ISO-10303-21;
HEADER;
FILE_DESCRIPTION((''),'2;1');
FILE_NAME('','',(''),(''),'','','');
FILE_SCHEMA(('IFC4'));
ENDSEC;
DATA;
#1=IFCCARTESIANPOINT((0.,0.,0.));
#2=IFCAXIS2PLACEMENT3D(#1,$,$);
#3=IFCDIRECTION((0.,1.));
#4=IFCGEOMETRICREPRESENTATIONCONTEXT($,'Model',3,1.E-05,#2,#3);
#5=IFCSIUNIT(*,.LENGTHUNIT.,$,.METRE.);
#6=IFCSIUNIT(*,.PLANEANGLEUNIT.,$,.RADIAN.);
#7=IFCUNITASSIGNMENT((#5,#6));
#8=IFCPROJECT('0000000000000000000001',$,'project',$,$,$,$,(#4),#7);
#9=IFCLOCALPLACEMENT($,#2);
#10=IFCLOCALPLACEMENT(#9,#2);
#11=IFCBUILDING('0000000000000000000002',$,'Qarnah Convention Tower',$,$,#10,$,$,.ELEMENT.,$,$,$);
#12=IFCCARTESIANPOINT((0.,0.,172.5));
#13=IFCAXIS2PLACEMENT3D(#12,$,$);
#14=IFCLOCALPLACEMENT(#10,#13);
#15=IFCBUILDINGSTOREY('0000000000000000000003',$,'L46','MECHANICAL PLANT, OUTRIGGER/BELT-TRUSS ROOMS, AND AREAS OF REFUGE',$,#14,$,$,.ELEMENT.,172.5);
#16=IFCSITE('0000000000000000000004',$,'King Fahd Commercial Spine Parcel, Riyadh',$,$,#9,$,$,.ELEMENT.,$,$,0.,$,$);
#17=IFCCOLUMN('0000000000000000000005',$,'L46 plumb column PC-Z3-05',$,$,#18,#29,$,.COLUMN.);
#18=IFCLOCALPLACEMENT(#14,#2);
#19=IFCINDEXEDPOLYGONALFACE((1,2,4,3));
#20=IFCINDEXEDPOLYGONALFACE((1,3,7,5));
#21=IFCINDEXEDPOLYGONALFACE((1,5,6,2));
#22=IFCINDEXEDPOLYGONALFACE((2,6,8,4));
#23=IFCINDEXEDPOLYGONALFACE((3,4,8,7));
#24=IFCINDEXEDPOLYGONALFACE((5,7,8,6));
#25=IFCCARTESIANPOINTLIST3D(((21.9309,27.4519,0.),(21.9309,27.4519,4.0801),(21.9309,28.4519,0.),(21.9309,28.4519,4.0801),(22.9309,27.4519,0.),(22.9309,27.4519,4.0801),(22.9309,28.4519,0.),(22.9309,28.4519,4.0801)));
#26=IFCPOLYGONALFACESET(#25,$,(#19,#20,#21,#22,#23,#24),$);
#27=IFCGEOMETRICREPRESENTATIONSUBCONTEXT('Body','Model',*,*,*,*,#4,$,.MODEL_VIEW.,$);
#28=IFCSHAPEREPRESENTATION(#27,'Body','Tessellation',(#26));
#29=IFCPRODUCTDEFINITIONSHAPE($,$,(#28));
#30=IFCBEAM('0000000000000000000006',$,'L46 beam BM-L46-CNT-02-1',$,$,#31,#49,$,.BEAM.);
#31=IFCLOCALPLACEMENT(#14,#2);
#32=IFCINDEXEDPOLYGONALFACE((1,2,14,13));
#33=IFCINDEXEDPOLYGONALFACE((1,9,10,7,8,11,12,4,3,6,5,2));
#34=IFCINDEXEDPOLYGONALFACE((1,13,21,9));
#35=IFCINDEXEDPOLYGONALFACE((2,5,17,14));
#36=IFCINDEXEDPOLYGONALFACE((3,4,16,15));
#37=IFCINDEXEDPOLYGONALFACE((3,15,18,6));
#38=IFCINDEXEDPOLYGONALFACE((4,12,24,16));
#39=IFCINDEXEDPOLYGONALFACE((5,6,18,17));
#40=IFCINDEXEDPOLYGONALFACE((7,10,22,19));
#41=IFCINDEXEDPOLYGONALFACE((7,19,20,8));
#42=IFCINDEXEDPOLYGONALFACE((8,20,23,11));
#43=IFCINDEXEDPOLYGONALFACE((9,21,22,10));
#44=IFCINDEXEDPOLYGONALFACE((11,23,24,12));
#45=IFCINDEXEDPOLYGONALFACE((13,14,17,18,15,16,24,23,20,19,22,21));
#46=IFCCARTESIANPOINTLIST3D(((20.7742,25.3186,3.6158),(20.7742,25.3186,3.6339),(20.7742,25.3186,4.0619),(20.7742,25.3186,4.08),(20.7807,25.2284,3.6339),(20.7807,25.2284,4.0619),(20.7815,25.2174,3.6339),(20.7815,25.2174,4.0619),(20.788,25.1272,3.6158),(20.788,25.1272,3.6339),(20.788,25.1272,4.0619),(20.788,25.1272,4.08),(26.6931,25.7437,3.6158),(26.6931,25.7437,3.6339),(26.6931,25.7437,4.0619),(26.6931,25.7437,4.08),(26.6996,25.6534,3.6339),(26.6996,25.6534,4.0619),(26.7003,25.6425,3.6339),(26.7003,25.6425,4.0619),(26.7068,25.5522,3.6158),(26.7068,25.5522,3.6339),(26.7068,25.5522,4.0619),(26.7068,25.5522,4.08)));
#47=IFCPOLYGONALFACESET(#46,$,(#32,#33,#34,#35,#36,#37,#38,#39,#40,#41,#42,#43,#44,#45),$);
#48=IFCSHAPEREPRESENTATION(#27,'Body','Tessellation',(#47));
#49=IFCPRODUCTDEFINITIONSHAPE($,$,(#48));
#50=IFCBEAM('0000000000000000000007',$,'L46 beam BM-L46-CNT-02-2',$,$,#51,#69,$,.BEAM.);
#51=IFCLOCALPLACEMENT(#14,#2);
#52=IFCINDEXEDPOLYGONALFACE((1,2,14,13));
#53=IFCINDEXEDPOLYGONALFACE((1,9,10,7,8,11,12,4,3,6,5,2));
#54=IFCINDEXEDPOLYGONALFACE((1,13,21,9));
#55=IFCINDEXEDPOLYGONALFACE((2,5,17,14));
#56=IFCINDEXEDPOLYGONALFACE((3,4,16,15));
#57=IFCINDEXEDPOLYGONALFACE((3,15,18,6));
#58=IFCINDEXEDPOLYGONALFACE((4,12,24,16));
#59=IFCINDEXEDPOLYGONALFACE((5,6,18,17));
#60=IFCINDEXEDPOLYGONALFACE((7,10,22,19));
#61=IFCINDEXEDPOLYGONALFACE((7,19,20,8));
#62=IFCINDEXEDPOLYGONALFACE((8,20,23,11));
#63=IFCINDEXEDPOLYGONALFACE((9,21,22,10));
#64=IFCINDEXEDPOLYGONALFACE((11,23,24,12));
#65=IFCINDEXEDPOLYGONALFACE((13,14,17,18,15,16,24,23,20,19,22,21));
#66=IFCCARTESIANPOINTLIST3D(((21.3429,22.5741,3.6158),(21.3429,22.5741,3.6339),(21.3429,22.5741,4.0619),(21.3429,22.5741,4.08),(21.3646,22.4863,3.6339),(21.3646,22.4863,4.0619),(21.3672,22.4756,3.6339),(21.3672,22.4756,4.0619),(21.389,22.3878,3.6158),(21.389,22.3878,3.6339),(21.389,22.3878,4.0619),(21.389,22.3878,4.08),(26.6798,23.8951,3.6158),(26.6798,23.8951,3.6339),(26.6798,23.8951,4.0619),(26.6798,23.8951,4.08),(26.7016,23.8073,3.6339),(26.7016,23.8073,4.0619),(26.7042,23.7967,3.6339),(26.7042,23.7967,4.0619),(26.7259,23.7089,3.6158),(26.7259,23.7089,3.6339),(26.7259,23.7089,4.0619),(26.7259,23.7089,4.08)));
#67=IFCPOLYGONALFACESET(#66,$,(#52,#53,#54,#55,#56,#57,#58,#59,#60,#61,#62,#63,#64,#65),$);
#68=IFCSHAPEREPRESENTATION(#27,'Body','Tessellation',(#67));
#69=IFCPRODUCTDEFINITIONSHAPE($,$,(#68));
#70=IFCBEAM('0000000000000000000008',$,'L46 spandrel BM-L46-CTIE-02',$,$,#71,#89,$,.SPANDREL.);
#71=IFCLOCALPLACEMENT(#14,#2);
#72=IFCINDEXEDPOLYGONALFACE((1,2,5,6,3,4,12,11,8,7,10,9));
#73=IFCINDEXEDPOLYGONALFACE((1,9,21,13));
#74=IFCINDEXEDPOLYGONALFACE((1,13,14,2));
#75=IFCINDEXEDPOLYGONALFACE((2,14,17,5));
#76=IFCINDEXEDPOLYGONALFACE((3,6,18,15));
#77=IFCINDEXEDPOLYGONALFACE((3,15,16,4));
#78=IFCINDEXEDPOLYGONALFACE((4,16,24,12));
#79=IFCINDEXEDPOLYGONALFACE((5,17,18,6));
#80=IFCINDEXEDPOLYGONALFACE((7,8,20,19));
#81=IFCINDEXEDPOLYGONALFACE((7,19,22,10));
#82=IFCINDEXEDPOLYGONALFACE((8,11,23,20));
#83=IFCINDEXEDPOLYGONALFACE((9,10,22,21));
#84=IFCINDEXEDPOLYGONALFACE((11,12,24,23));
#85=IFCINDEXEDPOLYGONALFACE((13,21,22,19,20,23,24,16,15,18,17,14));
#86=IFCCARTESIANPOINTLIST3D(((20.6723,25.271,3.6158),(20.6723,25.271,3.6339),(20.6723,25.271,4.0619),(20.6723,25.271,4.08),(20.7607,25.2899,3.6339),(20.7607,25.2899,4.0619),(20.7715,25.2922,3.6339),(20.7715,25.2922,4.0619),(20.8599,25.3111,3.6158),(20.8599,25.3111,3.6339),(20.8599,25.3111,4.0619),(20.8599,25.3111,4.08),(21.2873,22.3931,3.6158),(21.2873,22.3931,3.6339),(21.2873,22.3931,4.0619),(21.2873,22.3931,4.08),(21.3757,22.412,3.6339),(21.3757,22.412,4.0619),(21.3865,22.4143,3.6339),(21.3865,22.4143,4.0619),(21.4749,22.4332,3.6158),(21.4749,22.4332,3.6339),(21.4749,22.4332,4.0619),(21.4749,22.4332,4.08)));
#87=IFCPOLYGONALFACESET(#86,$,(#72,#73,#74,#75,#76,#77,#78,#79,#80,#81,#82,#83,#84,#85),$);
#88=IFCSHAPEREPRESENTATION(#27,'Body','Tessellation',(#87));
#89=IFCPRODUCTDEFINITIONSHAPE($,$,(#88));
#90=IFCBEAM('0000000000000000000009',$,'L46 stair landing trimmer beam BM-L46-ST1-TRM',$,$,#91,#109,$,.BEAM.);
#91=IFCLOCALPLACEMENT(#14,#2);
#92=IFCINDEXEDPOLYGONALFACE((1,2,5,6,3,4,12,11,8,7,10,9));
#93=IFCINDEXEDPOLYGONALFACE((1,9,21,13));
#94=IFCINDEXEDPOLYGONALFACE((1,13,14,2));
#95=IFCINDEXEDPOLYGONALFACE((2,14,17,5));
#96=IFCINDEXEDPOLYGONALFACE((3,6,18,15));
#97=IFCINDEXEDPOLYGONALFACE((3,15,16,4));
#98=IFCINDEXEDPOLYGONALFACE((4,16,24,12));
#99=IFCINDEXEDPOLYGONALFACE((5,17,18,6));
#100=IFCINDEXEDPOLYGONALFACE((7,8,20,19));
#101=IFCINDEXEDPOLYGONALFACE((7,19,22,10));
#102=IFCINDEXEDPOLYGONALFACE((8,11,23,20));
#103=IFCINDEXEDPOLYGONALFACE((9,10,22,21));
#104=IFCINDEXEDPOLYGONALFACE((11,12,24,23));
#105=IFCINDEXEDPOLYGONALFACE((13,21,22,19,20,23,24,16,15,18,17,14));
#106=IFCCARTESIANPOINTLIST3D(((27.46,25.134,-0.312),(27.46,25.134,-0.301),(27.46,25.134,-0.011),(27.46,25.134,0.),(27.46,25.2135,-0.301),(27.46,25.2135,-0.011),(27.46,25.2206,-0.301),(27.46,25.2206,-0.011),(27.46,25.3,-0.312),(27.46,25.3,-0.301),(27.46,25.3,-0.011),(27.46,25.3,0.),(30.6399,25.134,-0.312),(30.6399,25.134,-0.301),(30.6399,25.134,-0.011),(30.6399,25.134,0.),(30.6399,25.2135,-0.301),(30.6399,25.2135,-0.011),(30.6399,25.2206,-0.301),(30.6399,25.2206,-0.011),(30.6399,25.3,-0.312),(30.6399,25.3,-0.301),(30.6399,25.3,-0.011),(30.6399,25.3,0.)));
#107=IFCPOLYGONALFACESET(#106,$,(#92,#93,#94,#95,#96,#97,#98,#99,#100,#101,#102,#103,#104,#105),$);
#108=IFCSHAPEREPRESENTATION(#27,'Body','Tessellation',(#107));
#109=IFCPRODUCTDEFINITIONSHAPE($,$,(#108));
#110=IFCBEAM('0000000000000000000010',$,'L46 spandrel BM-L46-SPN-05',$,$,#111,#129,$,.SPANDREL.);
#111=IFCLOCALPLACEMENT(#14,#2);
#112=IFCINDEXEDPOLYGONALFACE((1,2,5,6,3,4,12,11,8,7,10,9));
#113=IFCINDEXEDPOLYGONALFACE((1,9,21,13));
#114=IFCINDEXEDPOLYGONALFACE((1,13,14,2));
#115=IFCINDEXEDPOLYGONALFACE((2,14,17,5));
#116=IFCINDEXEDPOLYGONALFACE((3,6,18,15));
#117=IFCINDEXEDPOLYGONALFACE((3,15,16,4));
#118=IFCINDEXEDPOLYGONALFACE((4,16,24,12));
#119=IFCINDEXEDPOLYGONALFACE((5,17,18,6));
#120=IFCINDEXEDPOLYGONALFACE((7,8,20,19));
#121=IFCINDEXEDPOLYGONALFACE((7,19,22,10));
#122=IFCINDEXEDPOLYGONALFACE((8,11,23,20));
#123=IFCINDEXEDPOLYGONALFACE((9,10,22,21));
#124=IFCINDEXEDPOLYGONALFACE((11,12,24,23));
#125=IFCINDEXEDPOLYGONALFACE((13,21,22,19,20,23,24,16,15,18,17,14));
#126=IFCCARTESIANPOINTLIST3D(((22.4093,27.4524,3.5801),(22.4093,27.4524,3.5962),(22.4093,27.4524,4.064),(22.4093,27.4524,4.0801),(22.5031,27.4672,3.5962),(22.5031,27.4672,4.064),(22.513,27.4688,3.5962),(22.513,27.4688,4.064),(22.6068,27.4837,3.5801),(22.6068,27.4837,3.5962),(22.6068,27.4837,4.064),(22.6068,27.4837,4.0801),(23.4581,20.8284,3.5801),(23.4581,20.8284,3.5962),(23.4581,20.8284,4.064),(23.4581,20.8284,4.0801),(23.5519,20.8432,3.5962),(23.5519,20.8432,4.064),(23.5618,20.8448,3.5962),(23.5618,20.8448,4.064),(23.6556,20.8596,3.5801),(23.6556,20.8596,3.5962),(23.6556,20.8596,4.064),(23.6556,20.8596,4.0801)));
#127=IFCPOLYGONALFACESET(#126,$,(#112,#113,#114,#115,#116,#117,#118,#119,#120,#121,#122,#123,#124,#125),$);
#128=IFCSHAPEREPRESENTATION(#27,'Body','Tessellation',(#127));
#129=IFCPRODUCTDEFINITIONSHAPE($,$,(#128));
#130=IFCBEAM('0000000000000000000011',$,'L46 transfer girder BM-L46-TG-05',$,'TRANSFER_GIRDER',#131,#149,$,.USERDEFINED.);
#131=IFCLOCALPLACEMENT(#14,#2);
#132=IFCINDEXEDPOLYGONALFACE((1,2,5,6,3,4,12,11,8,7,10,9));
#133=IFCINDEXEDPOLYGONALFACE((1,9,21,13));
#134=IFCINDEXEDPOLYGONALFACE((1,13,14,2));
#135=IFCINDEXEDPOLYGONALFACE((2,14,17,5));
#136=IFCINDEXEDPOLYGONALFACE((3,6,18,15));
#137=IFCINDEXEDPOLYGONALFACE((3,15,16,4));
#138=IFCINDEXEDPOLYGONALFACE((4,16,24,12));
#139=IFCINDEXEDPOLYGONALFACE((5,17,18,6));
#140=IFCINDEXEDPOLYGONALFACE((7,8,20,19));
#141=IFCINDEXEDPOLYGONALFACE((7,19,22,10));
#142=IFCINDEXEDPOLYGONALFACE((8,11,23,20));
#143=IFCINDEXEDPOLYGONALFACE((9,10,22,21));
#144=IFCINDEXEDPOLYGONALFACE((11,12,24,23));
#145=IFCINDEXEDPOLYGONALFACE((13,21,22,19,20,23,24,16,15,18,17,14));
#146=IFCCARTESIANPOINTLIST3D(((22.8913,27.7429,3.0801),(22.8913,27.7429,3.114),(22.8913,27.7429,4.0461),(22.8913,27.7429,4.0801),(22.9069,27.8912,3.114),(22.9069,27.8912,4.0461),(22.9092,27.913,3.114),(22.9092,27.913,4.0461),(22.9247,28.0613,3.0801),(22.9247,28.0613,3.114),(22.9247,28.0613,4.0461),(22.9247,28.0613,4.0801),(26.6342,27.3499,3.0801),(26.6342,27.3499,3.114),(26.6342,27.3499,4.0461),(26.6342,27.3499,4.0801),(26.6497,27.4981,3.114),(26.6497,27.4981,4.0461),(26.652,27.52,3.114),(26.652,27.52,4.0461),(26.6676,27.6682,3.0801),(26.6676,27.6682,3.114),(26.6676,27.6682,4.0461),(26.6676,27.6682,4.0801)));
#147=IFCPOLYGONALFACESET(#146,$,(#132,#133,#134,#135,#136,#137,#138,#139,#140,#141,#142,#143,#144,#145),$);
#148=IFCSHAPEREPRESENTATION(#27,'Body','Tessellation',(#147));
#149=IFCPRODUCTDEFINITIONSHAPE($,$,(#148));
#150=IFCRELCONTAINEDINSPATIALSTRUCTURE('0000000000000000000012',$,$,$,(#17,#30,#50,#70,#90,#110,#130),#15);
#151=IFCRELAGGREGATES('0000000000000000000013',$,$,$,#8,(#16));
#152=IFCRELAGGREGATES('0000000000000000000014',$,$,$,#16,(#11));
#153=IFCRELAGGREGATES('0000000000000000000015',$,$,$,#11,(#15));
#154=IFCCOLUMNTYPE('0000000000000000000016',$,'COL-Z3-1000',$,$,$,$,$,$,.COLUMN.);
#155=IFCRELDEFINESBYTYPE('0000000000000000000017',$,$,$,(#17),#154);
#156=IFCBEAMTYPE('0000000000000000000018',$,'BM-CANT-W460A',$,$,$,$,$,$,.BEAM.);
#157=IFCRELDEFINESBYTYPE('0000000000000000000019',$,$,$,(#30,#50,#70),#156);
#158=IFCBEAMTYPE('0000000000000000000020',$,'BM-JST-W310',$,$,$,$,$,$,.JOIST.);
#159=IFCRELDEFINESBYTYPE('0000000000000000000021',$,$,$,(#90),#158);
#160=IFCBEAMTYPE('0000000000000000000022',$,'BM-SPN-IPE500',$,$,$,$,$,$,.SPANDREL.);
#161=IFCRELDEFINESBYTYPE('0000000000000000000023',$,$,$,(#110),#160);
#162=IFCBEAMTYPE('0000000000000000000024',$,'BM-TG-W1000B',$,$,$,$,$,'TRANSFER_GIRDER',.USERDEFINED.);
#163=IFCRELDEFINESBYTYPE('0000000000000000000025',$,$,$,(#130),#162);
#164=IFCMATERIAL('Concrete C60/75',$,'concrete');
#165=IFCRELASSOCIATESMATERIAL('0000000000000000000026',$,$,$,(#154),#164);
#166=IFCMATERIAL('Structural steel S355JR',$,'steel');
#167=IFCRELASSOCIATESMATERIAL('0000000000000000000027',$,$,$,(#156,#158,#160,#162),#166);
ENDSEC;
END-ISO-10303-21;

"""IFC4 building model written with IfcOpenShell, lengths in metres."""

from ifc_helpers import new_model, si_unit, direction, frame, origin, origin_2d, place, context, subcontext, project, spatial, rectangle, i_section, extrude, material, material_profile, profile_set, type_object, element, save


model = new_model("IFC4")

# Units and contexts
model_context = context("Model", 3, precision=1e-05, world=origin(), true_north=direction((0.0, 1.0)))
body_context = subcontext(model_context, "Body", "Model", "MODEL_VIEW")
ifc_project = project(units=[si_unit("LENGTHUNIT", "METRE"), si_unit("PLANEANGLEUNIT", "RADIAN")], contexts=[model_context])

# Site, building, storey
site_placement = place(None, origin())
site = spatial("IfcSite", under=ifc_project, at=site_placement, Name="King Fahd Commercial Spine Parcel, Riyadh", CompositionType="ELEMENT", RefElevation=0.0)
building_placement = place(site_placement, origin())
building = spatial("IfcBuilding", under=site, at=building_placement, Name="Qarnah Convention Tower", CompositionType="ELEMENT")
storey_placement = place(building_placement, frame((0.0, 0.0, 172.5)))
storey = spatial("IfcBuildingStorey", under=building, at=storey_placement, Name="L46", Description="MECHANICAL PLANT, OUTRIGGER/BELT-TRUSS ROOMS, AND AREAS OF REFUGE", CompositionType="ELEMENT", Elevation=172.5)

# Column
ifc_material_1 = material(Name="Concrete C60/75", Category="concrete")
ifc_material_profile_1 = material_profile(ifc_material_1, rectangle(XDim=1.0, YDim=1.0, at=origin_2d()), Name="RC-COL-1000X1000")
ifc_profile_set_1 = profile_set([ifc_material_profile_1], Name="Concrete C60/75")
column_type = type_object("IfcColumnType", Name="COL-Z3-1000", PredefinedType="COLUMN", material=ifc_profile_set_1)
column_placement = place(storey_placement, frame((22.4309, 27.9519, 0.0), z_axis=(0.0, 0.0, 1.0), x_axis=(1.0, 0.0, 0.0)))
element("IfcColumn", 1, at=column_placement, inside=storey, type_object=column_type, Name="L46 plumb column PC-Z3-05", PredefinedType="COLUMN", context=body_context, shape_type="SweptSolid", body=[
    extrude(rectangle(XDim=1.0, YDim=1.0, at=origin_2d()), origin(), (0.0, 0.0, 1.0), 4.0801),
])

# Beams
ifc_material_2 = material(Name="Structural steel S355JR", Category="steel")
ifc_material_profile_2 = material_profile(ifc_material_2, i_section(OverallWidth=0.1919, OverallDepth=0.4641, WebThickness=0.011, FlangeThickness=0.0181, at=origin_2d()), Name="W460X89")
ifc_profile_set_2 = profile_set([ifc_material_profile_2], Name="Structural steel S355JR")
beam_type_1 = type_object("IfcBeamType", Name="BM-CANT-W460A", PredefinedType="BEAM", material=ifc_profile_set_2)
beam_1_placement = place(storey_placement, frame((26.7, 25.6479, 3.8479), z_axis=(-0.997431, -0.071627, 0.0), x_axis=(0.071627, -0.997431, 0.0)))
element("IfcBeam", 2, at=beam_1_placement, inside=storey, type_object=beam_type_1, Name="L46 beam BM-L46-CNT-02-1", PredefinedType="BEAM", context=body_context, shape_type="SweptSolid", body=[
    extrude(i_section(OverallWidth=0.1919, OverallDepth=0.4641, WebThickness=0.011, FlangeThickness=0.0181, at=origin_2d()), origin(), (0.0, 0.0, 1.0), 5.9341),
])
beam_2_placement = place(storey_placement, frame((26.7029, 23.802, 3.8479), z_axis=(-0.970704, -0.240278, 0.0), x_axis=(0.240278, -0.970704, 0.0)))
element("IfcBeam", 3, at=beam_2_placement, inside=storey, type_object=beam_type_1, Name="L46 beam BM-L46-CNT-02-2", PredefinedType="BEAM", context=body_context, shape_type="SweptSolid", body=[
    extrude(i_section(OverallWidth=0.1919, OverallDepth=0.4641, WebThickness=0.011, FlangeThickness=0.0181, at=origin_2d()), origin(), (0.0, 0.0, 1.0), 5.498),
])
beam_3_placement = place(storey_placement, frame((20.7661, 25.291, 3.8479), z_axis=(0.208974, -0.977921, 0.0), x_axis=(0.977921, 0.208974, 0.0)))
element("IfcBeam", 4, at=beam_3_placement, inside=storey, type_object=beam_type_1, Name="L46 spandrel BM-L46-CTIE-02", PredefinedType="SPANDREL", context=body_context, shape_type="SweptSolid", body=[
    extrude(i_section(OverallWidth=0.1919, OverallDepth=0.4641, WebThickness=0.011, FlangeThickness=0.0181, at=origin_2d()), origin(), (0.0, 0.0, 1.0), 2.9429),
])
ifc_material_profile_3 = material_profile(ifc_material_2, i_section(OverallWidth=0.166, OverallDepth=0.312, WebThickness=0.0071, FlangeThickness=0.011, at=origin_2d()), Name="W310X45")
ifc_profile_set_3 = profile_set([ifc_material_profile_3], Name="Structural steel S355JR")
beam_type_2 = type_object("IfcBeamType", Name="BM-JST-W310", PredefinedType="JOIST", material=ifc_profile_set_3)
beam_4_placement = place(storey_placement, frame((27.46, 25.217, -0.156), z_axis=(1.0, 0.0, 0.0), x_axis=(0.0, 1.0, 0.0)))
element("IfcBeam", 5, at=beam_4_placement, inside=storey, type_object=beam_type_2, Name="L46 stair landing trimmer beam BM-L46-ST1-TRM", PredefinedType="BEAM", context=body_context, shape_type="SweptSolid", body=[
    extrude(i_section(OverallWidth=0.166, OverallDepth=0.312, WebThickness=0.0071, FlangeThickness=0.011, at=origin_2d()), origin(), (0.0, 0.0, 1.0), 3.1799),
])
ifc_material_profile_4 = material_profile(ifc_material_2, i_section(OverallWidth=0.2, OverallDepth=0.5, WebThickness=0.01, FlangeThickness=0.0161, at=origin_2d()), Name="IPE500")
ifc_profile_set_4 = profile_set([ifc_material_profile_4], Name="Structural steel S355JR")
beam_type_3 = type_object("IfcBeamType", Name="BM-SPN-IPE500", PredefinedType="SPANDREL", material=ifc_profile_set_4)
beam_5_placement = place(storey_placement, frame((22.5081, 27.468, 3.8301), z_axis=(0.156389, -0.987696, 0.0), x_axis=(0.987696, 0.156389, 0.0)))
element("IfcBeam", 6, at=beam_5_placement, inside=storey, type_object=beam_type_3, Name="L46 spandrel BM-L46-SPN-05", PredefinedType="SPANDREL", context=body_context, shape_type="SweptSolid", body=[
    extrude(i_section(OverallWidth=0.2, OverallDepth=0.5, WebThickness=0.01, FlangeThickness=0.0161, at=origin_2d()), origin(), (0.0, 0.0, 1.0), 6.7065),
])
ifc_material_profile_5 = material_profile(ifc_material_2, i_section(OverallWidth=0.3201, OverallDepth=1.0, WebThickness=0.022, FlangeThickness=0.0339, at=origin_2d()), Name="W1000X371")
ifc_profile_set_5 = profile_set([ifc_material_profile_5], Name="Structural steel S355JR")
beam_type_4 = type_object("IfcBeamType", Name="BM-TG-W1000B", ElementType="TRANSFER_GIRDER", PredefinedType="USERDEFINED", material=ifc_profile_set_5)
beam_6_placement = place(storey_placement, frame((26.6509, 27.509, 3.5801), z_axis=(-0.994531, 0.104442, 0.0), x_axis=(-0.104442, -0.994531, 0.0)))
element("IfcBeam", 7, at=beam_6_placement, inside=storey, type_object=beam_type_4, Name="L46 transfer girder BM-L46-TG-05", ObjectType="TRANSFER_GIRDER", PredefinedType="USERDEFINED", context=body_context, shape_type="SweptSolid", body=[
    extrude(i_section(OverallWidth=0.3201, OverallDepth=1.0, WebThickness=0.022, FlangeThickness=0.0339, at=origin_2d()), origin(), (0.0, 0.0, 1.0), 3.7634),
])

save(model, "model.ifc")
